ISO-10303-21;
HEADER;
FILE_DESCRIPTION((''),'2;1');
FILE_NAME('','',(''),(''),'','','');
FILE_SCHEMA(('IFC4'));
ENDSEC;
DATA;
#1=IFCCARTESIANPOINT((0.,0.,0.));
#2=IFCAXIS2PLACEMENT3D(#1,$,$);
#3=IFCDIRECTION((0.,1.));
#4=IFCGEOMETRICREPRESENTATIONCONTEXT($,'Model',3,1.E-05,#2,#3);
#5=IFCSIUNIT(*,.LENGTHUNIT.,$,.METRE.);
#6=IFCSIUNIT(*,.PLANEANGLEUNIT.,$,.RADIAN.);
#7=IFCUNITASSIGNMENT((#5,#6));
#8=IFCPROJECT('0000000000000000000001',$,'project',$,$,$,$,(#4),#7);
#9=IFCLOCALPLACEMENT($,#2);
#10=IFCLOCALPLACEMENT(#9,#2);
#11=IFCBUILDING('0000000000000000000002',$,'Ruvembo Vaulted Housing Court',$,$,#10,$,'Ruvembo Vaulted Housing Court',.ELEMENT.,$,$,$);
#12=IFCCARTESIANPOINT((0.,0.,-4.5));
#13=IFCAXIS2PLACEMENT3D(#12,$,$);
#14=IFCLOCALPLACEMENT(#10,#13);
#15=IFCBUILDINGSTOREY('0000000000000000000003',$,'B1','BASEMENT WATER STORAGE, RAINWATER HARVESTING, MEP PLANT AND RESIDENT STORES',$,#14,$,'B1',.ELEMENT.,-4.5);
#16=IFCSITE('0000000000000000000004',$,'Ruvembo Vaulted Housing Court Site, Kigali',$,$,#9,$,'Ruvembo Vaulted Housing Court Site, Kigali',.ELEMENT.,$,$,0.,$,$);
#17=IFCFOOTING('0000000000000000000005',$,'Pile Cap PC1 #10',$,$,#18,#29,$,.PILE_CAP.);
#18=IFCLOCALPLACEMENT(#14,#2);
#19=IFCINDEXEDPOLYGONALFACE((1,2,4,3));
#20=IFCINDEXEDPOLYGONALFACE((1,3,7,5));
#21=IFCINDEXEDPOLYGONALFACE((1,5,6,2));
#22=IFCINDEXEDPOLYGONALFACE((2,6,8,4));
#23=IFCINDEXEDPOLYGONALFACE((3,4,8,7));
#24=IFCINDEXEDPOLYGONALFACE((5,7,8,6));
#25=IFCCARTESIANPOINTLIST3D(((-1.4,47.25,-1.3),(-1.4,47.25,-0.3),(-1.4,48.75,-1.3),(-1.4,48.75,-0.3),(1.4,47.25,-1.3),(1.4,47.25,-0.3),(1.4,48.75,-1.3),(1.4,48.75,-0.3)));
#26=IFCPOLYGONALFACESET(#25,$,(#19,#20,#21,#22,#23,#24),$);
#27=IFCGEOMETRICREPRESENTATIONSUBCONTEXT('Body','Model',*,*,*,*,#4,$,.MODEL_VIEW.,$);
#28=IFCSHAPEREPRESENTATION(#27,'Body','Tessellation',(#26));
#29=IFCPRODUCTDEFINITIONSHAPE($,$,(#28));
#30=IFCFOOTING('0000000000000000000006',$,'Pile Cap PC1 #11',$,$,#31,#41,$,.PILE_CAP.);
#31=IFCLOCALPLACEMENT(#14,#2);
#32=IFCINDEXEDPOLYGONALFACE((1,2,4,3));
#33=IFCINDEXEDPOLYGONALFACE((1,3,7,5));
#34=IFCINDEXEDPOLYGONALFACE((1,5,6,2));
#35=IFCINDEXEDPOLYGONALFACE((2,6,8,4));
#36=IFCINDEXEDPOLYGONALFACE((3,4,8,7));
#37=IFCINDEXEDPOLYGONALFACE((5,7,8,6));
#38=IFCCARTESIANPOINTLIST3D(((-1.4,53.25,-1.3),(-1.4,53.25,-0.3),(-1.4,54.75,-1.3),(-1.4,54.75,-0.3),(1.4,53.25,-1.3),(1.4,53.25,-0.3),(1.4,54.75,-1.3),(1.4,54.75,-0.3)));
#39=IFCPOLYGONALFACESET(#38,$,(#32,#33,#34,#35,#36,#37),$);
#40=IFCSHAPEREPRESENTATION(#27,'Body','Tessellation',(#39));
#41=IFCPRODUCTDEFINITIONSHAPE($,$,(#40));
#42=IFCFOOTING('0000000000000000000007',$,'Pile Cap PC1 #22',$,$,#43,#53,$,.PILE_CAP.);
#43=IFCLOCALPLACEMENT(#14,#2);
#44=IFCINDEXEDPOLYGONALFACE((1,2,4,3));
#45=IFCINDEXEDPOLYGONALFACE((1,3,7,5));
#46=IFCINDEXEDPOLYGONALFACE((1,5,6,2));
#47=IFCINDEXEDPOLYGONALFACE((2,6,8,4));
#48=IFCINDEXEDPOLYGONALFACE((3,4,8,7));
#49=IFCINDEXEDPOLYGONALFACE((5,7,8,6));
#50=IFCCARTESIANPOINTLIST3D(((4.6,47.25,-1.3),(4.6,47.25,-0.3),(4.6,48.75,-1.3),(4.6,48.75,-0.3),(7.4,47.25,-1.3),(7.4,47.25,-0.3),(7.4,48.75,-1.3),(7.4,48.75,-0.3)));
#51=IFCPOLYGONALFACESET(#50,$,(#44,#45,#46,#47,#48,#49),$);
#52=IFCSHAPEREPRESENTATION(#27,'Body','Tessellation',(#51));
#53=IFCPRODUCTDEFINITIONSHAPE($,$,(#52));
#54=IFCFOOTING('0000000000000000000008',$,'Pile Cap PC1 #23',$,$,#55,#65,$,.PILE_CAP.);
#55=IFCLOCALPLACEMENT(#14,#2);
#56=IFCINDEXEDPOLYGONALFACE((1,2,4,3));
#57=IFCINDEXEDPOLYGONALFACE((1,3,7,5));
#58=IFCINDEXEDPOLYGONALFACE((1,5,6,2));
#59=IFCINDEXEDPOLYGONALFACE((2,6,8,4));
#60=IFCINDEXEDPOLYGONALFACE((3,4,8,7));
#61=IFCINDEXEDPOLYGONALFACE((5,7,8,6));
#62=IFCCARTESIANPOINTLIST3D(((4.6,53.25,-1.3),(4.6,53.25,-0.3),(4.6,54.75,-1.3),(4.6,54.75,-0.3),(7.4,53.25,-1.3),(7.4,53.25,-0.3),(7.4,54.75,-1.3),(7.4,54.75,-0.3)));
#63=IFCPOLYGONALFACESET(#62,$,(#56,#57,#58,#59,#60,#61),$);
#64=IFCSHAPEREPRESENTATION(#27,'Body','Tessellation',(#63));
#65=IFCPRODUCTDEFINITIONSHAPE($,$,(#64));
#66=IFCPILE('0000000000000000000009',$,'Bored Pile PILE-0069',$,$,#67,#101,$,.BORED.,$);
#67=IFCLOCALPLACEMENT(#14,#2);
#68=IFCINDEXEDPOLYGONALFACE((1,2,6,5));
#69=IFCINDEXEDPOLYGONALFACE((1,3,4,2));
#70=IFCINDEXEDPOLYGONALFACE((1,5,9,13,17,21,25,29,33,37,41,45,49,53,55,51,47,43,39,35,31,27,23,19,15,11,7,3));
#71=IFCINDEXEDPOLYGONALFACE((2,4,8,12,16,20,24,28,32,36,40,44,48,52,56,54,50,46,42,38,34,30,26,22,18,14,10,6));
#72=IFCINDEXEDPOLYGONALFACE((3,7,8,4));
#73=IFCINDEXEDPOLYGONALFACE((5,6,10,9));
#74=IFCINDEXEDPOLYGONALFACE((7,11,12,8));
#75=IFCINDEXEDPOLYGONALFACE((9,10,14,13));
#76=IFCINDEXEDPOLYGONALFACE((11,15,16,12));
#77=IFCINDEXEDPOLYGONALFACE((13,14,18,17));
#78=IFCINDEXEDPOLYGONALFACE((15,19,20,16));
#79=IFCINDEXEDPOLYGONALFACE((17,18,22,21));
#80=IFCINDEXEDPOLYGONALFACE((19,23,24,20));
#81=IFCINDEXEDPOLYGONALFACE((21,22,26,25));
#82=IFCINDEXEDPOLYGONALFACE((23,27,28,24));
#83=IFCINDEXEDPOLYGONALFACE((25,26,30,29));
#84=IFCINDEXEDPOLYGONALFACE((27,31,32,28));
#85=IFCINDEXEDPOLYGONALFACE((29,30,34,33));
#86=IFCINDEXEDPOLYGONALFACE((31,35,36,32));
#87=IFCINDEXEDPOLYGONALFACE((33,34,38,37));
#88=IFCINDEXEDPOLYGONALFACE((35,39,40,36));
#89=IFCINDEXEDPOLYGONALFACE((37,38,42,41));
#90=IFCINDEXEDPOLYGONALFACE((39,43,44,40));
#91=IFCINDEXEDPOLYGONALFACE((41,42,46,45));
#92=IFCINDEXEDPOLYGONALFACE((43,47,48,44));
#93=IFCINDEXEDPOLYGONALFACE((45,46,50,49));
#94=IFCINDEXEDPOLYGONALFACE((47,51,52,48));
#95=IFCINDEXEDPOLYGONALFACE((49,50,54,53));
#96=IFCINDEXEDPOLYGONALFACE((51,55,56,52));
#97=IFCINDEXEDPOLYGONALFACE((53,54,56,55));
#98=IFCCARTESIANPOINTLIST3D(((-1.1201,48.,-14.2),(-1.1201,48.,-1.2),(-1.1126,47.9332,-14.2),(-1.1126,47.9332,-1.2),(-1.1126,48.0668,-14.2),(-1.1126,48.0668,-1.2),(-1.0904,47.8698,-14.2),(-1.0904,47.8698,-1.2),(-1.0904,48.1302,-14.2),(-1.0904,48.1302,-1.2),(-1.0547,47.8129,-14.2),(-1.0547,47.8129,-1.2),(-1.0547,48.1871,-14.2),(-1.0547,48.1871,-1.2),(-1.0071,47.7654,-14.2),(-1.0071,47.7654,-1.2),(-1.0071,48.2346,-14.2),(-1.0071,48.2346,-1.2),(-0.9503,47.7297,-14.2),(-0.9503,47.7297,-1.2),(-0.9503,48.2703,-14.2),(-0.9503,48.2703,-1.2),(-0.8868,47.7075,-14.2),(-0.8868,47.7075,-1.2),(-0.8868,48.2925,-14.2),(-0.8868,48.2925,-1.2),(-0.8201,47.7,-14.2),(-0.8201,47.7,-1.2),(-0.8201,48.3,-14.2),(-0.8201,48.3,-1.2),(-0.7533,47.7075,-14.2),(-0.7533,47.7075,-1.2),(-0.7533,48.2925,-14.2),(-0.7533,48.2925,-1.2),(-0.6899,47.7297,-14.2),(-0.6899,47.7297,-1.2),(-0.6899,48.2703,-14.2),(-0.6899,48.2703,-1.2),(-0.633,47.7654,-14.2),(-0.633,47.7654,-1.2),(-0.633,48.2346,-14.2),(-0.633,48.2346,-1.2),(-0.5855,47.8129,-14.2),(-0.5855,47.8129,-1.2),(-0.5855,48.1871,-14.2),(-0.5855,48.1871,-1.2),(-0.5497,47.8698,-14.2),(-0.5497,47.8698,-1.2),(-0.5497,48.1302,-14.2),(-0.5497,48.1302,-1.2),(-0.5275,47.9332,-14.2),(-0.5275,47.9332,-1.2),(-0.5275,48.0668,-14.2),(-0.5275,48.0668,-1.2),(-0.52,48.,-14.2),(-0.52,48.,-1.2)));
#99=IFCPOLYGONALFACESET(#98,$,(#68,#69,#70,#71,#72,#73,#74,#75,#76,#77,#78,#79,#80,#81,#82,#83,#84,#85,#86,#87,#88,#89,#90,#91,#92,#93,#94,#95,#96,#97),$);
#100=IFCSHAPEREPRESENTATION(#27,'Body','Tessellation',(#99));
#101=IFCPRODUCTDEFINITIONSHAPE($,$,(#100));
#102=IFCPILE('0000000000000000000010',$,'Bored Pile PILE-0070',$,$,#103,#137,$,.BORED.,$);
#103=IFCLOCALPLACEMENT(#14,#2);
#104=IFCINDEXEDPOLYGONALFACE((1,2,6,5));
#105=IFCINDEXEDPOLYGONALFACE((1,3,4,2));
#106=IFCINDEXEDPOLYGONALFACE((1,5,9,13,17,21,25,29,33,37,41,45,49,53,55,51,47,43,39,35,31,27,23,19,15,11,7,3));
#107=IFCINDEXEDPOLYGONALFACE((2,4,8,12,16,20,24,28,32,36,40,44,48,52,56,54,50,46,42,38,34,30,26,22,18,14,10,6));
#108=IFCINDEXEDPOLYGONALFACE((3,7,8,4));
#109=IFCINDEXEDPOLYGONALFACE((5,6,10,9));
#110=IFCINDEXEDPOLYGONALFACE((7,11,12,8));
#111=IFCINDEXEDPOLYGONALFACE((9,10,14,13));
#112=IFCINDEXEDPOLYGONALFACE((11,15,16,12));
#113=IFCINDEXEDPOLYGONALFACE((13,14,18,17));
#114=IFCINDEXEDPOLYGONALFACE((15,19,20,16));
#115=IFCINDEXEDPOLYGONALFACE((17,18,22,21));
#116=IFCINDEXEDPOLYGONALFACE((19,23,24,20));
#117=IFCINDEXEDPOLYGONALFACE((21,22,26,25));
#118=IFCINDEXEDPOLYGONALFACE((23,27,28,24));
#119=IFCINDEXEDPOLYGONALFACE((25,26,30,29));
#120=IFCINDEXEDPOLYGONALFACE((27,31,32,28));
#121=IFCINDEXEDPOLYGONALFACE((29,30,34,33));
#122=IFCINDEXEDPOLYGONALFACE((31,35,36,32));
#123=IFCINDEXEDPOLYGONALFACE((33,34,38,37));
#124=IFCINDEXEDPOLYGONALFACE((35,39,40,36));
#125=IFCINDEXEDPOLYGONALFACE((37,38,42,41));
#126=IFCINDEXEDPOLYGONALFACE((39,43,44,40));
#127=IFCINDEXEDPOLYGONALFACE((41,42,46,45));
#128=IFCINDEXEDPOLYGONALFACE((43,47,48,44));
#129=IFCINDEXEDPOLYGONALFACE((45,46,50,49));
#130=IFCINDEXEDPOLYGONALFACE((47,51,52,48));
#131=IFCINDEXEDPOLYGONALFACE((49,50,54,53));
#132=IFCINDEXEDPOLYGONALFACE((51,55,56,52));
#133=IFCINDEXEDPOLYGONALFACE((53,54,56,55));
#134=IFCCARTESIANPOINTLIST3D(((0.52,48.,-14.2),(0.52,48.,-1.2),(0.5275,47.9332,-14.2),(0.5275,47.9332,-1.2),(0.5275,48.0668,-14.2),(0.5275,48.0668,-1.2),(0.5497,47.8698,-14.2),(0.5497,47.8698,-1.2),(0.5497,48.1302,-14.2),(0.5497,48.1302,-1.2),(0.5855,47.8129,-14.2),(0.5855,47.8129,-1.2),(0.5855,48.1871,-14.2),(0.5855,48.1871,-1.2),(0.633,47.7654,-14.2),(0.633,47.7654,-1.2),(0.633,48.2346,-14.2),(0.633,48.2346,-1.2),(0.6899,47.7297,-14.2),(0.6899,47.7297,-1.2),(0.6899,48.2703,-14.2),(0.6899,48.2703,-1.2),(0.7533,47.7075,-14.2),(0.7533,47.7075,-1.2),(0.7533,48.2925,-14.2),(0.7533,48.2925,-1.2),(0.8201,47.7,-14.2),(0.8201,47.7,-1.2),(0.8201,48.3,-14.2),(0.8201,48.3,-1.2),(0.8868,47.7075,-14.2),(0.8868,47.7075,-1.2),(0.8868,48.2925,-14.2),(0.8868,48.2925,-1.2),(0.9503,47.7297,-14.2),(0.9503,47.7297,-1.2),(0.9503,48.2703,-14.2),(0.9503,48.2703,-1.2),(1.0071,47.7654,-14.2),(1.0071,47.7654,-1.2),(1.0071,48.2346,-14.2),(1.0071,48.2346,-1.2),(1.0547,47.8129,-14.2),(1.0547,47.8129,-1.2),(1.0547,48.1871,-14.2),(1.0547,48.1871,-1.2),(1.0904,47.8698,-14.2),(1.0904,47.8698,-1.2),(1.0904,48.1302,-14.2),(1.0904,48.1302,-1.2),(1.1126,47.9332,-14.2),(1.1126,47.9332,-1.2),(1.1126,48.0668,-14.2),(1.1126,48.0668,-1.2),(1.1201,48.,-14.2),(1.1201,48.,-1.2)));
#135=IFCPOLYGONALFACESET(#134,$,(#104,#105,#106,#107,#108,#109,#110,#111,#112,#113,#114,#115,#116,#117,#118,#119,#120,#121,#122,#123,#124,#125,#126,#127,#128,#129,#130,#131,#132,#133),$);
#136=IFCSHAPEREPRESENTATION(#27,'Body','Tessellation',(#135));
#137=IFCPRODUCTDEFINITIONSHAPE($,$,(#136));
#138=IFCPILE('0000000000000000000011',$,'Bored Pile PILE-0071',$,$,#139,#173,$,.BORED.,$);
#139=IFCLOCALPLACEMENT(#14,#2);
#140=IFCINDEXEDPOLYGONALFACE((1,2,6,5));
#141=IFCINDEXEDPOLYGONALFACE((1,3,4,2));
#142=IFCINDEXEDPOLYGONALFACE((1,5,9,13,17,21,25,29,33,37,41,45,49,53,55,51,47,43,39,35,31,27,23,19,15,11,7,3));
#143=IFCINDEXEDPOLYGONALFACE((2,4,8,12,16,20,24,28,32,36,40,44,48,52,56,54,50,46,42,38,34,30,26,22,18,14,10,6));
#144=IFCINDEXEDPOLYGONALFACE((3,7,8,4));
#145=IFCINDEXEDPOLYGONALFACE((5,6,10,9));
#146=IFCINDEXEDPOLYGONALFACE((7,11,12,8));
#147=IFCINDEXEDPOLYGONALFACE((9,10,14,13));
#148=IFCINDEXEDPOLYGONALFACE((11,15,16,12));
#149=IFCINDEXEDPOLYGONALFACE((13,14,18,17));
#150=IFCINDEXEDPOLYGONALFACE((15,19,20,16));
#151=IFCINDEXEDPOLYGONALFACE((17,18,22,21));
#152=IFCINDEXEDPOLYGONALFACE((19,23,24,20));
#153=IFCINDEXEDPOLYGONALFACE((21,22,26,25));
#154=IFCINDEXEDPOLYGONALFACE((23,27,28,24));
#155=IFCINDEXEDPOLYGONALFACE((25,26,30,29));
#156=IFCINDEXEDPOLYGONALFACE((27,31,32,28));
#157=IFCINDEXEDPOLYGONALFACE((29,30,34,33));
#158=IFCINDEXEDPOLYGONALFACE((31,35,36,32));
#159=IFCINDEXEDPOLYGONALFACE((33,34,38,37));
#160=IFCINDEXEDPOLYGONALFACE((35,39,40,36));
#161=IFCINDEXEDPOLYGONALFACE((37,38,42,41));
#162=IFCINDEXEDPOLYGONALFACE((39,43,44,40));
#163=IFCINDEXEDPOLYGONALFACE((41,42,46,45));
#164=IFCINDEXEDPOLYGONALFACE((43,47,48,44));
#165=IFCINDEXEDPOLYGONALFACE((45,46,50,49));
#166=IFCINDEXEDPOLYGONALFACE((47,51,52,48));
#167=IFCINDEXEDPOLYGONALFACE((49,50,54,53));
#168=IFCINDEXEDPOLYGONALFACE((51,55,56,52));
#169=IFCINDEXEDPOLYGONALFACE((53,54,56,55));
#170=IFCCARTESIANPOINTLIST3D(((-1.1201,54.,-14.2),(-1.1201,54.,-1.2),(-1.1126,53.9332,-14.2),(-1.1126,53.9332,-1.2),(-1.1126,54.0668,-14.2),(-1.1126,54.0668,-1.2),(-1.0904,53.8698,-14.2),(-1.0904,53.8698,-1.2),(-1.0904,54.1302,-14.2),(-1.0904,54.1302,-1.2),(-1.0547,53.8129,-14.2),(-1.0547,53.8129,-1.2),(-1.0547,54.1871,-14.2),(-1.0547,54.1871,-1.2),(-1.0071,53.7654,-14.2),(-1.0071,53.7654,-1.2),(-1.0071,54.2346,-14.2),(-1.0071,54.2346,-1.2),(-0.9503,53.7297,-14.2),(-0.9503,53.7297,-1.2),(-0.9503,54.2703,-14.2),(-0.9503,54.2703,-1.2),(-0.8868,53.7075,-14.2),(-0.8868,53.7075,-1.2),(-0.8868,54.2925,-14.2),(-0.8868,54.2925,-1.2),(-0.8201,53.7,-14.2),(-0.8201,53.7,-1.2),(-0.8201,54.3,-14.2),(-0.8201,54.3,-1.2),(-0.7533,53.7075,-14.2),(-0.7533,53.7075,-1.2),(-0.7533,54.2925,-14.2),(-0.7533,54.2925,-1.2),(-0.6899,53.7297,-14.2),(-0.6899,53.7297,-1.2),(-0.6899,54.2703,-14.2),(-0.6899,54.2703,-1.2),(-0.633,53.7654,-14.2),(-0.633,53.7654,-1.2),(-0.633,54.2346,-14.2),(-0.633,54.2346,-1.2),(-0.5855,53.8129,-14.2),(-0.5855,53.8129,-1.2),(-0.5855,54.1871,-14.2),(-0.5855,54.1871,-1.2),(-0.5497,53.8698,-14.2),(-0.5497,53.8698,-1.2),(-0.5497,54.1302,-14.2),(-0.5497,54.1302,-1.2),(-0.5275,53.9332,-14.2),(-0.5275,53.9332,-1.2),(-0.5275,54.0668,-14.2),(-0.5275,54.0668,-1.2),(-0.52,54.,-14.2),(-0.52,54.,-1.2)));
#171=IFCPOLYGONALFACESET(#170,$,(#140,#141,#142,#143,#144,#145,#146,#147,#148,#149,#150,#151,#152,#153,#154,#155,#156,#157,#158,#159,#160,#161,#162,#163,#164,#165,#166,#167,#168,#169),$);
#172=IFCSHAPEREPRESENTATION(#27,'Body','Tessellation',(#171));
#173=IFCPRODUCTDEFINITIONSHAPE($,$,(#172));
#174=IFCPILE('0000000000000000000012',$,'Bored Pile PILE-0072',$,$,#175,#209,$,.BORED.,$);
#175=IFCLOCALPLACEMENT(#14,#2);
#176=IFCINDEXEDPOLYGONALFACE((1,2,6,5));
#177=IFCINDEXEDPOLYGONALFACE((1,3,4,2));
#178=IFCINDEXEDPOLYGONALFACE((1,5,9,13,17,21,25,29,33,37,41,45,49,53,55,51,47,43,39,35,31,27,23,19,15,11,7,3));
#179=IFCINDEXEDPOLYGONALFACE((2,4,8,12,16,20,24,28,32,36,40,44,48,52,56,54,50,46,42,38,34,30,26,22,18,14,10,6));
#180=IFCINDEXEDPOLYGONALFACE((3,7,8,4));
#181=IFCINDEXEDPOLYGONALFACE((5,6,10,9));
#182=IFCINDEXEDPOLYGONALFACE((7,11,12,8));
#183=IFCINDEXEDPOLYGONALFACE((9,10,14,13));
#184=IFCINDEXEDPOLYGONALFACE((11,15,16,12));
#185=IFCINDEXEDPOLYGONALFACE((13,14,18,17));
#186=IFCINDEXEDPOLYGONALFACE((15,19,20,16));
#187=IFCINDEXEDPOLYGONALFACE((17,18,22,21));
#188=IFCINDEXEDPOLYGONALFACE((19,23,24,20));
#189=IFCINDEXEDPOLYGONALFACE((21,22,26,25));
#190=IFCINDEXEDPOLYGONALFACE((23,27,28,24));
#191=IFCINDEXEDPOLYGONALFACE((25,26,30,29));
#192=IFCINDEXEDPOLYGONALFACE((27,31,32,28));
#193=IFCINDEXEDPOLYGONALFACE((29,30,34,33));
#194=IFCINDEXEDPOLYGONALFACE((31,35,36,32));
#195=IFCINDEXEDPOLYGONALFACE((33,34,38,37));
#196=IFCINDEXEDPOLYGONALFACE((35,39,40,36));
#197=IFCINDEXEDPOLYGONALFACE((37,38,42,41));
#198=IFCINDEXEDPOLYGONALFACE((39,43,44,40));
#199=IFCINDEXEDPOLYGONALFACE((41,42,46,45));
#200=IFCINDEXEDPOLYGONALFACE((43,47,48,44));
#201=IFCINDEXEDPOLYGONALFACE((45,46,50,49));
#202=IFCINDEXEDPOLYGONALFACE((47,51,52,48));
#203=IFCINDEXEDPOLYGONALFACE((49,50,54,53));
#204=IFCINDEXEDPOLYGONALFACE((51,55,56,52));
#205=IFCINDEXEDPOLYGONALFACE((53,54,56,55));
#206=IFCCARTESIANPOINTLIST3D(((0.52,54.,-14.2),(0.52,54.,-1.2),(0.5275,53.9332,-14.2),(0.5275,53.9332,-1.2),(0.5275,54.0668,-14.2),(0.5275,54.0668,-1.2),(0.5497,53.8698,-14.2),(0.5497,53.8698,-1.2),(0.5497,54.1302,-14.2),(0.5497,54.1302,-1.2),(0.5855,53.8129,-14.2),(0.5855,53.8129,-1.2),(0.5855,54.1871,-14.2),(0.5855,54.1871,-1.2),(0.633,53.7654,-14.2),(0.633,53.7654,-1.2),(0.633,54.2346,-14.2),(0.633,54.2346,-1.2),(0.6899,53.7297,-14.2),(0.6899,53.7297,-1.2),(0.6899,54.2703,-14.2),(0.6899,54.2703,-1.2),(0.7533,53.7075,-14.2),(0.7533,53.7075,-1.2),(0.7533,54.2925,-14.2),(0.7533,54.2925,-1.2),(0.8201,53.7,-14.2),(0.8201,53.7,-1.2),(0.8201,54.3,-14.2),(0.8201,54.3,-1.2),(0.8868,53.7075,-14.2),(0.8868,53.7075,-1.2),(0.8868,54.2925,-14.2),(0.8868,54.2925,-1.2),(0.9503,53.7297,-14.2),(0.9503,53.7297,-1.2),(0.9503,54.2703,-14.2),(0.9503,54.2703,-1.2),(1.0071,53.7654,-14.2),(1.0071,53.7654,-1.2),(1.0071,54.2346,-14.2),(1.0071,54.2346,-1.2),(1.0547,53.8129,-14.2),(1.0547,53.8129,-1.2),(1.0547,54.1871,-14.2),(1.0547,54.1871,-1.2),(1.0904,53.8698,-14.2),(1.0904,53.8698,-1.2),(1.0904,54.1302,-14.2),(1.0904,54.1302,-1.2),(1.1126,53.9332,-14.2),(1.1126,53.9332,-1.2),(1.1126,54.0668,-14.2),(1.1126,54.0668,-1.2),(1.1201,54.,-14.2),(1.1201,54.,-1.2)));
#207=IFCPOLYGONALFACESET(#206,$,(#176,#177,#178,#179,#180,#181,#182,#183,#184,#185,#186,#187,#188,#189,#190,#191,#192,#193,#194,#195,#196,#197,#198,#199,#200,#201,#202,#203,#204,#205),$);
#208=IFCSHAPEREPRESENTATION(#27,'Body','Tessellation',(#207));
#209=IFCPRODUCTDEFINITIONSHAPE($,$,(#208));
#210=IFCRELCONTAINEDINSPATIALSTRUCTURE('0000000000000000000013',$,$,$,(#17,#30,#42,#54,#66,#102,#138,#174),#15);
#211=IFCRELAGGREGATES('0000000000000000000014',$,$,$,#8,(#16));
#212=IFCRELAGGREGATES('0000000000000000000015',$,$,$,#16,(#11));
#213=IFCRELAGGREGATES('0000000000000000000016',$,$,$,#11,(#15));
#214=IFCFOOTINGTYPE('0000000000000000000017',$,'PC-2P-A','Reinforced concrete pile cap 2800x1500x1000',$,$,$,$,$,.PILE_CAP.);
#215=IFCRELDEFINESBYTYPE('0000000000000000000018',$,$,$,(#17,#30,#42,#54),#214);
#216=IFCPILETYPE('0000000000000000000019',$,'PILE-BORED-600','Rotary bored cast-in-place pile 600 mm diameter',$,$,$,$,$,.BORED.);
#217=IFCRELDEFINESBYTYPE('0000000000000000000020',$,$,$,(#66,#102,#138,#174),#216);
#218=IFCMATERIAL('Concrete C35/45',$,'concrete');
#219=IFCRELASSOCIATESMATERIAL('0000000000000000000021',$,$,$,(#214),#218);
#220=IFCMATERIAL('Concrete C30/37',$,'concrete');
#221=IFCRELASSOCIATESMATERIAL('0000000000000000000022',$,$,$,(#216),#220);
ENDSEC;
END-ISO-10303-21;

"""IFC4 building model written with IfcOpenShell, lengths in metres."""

from ifc_helpers import new_model, si_unit, direction, frame, origin, origin_2d, place, context, subcontext, project, spatial, rectangle, circle, extrude, material, material_profile, profile_set, type_object, element, save


model = new_model("IFC4")

# Units and contexts
model_context = context("Model", 3, precision=1e-05, world=origin(), true_north=direction((0.0, 1.0)))
body_context = subcontext(model_context, "Body", "Model", "MODEL_VIEW")
ifc_project = project(units=[si_unit("LENGTHUNIT", "METRE"), si_unit("PLANEANGLEUNIT", "RADIAN")], contexts=[model_context])

# Site, building, storey
site_placement = place(None, origin())
site = spatial("IfcSite", under=ifc_project, at=site_placement, Name="Ruvembo Vaulted Housing Court Site, Kigali", LongName="Ruvembo Vaulted Housing Court Site, Kigali", CompositionType="ELEMENT", RefElevation=0.0)
building_placement = place(site_placement, origin())
building = spatial("IfcBuilding", under=site, at=building_placement, Name="Ruvembo Vaulted Housing Court", LongName="Ruvembo Vaulted Housing Court", CompositionType="ELEMENT")
storey_placement = place(building_placement, frame((0.0, 0.0, -4.5)))
storey = spatial("IfcBuildingStorey", under=building, at=storey_placement, Name="B1", Description="BASEMENT WATER STORAGE, RAINWATER HARVESTING, MEP PLANT AND RESIDENT STORES", LongName="B1", CompositionType="ELEMENT", Elevation=-4.5)

# Footings
ifc_material_1 = material(Name="Concrete C35/45", Category="concrete")
footing_type = type_object("IfcFootingType", Name="PC-2P-A", Description="Reinforced concrete pile cap 2800x1500x1000", PredefinedType="PILE_CAP", material=ifc_material_1)
for number, where, z_axis, x_axis, name in (
    (1, (0.0, 48.0, -1.3), (0.0, 0.0, 1.0), (1.0, 0.0, 0.0), "Pile Cap PC1 #10"),
    (2, (0.0, 54.0, -1.3), (0.0, 0.0, 1.0), (1.0, 0.0, 0.0), "Pile Cap PC1 #11"),
    (3, (6.0, 48.0, -1.3), (0.0, 0.0, 1.0), (1.0, 0.0, 0.0), "Pile Cap PC1 #22"),
    (4, (6.0, 54.0, -1.3), (0.0, 0.0, 1.0), (1.0, 0.0, 0.0), "Pile Cap PC1 #23"),
):
    element("IfcFooting", number, at=place(storey_placement, frame(where, z_axis=z_axis, x_axis=x_axis)), inside=storey, type_object=footing_type, Name=name, PredefinedType="PILE_CAP", context=body_context, shape_type="SweptSolid", body=[
        extrude(rectangle(XDim=2.8, YDim=1.5, at=origin_2d()), origin(), (0.0, 0.0, 1.0), 1.0),
    ])

# Piles
ifc_material_2 = material(Name="Concrete C30/37", Category="concrete")
ifc_material_profile_1 = material_profile(ifc_material_2, circle(Radius=0.3, at=origin_2d()), Name="PILE D600")
ifc_profile_set_1 = profile_set([ifc_material_profile_1], Name="Concrete C30/37")
pile_type_1 = type_object("IfcPileType", Name="PILE-BORED-600", Description="Rotary bored cast-in-place pile 600 mm diameter", PredefinedType="BORED", material=ifc_profile_set_1)
for number, where, z_axis, x_axis, name in (
    (5, (-0.8201, 48.0, -1.2), (0.0, 0.0, -1.0), (1.0, 0.0, 0.0), "Bored Pile PILE-0069"),
    (6, (0.8201, 48.0, -1.2), (0.0, 0.0, -1.0), (1.0, 0.0, 0.0), "Bored Pile PILE-0070"),
    (7, (-0.8201, 54.0, -1.2), (0.0, 0.0, -1.0), (1.0, 0.0, 0.0), "Bored Pile PILE-0071"),
    (8, (0.8201, 54.0, -1.2), (0.0, 0.0, -1.0), (1.0, 0.0, 0.0), "Bored Pile PILE-0072"),
):
    element("IfcPile", number, at=place(storey_placement, frame(where, z_axis=z_axis, x_axis=x_axis)), inside=storey, type_object=pile_type_1, Name=name, PredefinedType="BORED", context=body_context, shape_type="SweptSolid", body=[
        extrude(circle(Radius=0.3, at=origin_2d()), origin(), (0.0, 0.0, 1.0), 13.0),
    ])

save(model, "model.ifc")
